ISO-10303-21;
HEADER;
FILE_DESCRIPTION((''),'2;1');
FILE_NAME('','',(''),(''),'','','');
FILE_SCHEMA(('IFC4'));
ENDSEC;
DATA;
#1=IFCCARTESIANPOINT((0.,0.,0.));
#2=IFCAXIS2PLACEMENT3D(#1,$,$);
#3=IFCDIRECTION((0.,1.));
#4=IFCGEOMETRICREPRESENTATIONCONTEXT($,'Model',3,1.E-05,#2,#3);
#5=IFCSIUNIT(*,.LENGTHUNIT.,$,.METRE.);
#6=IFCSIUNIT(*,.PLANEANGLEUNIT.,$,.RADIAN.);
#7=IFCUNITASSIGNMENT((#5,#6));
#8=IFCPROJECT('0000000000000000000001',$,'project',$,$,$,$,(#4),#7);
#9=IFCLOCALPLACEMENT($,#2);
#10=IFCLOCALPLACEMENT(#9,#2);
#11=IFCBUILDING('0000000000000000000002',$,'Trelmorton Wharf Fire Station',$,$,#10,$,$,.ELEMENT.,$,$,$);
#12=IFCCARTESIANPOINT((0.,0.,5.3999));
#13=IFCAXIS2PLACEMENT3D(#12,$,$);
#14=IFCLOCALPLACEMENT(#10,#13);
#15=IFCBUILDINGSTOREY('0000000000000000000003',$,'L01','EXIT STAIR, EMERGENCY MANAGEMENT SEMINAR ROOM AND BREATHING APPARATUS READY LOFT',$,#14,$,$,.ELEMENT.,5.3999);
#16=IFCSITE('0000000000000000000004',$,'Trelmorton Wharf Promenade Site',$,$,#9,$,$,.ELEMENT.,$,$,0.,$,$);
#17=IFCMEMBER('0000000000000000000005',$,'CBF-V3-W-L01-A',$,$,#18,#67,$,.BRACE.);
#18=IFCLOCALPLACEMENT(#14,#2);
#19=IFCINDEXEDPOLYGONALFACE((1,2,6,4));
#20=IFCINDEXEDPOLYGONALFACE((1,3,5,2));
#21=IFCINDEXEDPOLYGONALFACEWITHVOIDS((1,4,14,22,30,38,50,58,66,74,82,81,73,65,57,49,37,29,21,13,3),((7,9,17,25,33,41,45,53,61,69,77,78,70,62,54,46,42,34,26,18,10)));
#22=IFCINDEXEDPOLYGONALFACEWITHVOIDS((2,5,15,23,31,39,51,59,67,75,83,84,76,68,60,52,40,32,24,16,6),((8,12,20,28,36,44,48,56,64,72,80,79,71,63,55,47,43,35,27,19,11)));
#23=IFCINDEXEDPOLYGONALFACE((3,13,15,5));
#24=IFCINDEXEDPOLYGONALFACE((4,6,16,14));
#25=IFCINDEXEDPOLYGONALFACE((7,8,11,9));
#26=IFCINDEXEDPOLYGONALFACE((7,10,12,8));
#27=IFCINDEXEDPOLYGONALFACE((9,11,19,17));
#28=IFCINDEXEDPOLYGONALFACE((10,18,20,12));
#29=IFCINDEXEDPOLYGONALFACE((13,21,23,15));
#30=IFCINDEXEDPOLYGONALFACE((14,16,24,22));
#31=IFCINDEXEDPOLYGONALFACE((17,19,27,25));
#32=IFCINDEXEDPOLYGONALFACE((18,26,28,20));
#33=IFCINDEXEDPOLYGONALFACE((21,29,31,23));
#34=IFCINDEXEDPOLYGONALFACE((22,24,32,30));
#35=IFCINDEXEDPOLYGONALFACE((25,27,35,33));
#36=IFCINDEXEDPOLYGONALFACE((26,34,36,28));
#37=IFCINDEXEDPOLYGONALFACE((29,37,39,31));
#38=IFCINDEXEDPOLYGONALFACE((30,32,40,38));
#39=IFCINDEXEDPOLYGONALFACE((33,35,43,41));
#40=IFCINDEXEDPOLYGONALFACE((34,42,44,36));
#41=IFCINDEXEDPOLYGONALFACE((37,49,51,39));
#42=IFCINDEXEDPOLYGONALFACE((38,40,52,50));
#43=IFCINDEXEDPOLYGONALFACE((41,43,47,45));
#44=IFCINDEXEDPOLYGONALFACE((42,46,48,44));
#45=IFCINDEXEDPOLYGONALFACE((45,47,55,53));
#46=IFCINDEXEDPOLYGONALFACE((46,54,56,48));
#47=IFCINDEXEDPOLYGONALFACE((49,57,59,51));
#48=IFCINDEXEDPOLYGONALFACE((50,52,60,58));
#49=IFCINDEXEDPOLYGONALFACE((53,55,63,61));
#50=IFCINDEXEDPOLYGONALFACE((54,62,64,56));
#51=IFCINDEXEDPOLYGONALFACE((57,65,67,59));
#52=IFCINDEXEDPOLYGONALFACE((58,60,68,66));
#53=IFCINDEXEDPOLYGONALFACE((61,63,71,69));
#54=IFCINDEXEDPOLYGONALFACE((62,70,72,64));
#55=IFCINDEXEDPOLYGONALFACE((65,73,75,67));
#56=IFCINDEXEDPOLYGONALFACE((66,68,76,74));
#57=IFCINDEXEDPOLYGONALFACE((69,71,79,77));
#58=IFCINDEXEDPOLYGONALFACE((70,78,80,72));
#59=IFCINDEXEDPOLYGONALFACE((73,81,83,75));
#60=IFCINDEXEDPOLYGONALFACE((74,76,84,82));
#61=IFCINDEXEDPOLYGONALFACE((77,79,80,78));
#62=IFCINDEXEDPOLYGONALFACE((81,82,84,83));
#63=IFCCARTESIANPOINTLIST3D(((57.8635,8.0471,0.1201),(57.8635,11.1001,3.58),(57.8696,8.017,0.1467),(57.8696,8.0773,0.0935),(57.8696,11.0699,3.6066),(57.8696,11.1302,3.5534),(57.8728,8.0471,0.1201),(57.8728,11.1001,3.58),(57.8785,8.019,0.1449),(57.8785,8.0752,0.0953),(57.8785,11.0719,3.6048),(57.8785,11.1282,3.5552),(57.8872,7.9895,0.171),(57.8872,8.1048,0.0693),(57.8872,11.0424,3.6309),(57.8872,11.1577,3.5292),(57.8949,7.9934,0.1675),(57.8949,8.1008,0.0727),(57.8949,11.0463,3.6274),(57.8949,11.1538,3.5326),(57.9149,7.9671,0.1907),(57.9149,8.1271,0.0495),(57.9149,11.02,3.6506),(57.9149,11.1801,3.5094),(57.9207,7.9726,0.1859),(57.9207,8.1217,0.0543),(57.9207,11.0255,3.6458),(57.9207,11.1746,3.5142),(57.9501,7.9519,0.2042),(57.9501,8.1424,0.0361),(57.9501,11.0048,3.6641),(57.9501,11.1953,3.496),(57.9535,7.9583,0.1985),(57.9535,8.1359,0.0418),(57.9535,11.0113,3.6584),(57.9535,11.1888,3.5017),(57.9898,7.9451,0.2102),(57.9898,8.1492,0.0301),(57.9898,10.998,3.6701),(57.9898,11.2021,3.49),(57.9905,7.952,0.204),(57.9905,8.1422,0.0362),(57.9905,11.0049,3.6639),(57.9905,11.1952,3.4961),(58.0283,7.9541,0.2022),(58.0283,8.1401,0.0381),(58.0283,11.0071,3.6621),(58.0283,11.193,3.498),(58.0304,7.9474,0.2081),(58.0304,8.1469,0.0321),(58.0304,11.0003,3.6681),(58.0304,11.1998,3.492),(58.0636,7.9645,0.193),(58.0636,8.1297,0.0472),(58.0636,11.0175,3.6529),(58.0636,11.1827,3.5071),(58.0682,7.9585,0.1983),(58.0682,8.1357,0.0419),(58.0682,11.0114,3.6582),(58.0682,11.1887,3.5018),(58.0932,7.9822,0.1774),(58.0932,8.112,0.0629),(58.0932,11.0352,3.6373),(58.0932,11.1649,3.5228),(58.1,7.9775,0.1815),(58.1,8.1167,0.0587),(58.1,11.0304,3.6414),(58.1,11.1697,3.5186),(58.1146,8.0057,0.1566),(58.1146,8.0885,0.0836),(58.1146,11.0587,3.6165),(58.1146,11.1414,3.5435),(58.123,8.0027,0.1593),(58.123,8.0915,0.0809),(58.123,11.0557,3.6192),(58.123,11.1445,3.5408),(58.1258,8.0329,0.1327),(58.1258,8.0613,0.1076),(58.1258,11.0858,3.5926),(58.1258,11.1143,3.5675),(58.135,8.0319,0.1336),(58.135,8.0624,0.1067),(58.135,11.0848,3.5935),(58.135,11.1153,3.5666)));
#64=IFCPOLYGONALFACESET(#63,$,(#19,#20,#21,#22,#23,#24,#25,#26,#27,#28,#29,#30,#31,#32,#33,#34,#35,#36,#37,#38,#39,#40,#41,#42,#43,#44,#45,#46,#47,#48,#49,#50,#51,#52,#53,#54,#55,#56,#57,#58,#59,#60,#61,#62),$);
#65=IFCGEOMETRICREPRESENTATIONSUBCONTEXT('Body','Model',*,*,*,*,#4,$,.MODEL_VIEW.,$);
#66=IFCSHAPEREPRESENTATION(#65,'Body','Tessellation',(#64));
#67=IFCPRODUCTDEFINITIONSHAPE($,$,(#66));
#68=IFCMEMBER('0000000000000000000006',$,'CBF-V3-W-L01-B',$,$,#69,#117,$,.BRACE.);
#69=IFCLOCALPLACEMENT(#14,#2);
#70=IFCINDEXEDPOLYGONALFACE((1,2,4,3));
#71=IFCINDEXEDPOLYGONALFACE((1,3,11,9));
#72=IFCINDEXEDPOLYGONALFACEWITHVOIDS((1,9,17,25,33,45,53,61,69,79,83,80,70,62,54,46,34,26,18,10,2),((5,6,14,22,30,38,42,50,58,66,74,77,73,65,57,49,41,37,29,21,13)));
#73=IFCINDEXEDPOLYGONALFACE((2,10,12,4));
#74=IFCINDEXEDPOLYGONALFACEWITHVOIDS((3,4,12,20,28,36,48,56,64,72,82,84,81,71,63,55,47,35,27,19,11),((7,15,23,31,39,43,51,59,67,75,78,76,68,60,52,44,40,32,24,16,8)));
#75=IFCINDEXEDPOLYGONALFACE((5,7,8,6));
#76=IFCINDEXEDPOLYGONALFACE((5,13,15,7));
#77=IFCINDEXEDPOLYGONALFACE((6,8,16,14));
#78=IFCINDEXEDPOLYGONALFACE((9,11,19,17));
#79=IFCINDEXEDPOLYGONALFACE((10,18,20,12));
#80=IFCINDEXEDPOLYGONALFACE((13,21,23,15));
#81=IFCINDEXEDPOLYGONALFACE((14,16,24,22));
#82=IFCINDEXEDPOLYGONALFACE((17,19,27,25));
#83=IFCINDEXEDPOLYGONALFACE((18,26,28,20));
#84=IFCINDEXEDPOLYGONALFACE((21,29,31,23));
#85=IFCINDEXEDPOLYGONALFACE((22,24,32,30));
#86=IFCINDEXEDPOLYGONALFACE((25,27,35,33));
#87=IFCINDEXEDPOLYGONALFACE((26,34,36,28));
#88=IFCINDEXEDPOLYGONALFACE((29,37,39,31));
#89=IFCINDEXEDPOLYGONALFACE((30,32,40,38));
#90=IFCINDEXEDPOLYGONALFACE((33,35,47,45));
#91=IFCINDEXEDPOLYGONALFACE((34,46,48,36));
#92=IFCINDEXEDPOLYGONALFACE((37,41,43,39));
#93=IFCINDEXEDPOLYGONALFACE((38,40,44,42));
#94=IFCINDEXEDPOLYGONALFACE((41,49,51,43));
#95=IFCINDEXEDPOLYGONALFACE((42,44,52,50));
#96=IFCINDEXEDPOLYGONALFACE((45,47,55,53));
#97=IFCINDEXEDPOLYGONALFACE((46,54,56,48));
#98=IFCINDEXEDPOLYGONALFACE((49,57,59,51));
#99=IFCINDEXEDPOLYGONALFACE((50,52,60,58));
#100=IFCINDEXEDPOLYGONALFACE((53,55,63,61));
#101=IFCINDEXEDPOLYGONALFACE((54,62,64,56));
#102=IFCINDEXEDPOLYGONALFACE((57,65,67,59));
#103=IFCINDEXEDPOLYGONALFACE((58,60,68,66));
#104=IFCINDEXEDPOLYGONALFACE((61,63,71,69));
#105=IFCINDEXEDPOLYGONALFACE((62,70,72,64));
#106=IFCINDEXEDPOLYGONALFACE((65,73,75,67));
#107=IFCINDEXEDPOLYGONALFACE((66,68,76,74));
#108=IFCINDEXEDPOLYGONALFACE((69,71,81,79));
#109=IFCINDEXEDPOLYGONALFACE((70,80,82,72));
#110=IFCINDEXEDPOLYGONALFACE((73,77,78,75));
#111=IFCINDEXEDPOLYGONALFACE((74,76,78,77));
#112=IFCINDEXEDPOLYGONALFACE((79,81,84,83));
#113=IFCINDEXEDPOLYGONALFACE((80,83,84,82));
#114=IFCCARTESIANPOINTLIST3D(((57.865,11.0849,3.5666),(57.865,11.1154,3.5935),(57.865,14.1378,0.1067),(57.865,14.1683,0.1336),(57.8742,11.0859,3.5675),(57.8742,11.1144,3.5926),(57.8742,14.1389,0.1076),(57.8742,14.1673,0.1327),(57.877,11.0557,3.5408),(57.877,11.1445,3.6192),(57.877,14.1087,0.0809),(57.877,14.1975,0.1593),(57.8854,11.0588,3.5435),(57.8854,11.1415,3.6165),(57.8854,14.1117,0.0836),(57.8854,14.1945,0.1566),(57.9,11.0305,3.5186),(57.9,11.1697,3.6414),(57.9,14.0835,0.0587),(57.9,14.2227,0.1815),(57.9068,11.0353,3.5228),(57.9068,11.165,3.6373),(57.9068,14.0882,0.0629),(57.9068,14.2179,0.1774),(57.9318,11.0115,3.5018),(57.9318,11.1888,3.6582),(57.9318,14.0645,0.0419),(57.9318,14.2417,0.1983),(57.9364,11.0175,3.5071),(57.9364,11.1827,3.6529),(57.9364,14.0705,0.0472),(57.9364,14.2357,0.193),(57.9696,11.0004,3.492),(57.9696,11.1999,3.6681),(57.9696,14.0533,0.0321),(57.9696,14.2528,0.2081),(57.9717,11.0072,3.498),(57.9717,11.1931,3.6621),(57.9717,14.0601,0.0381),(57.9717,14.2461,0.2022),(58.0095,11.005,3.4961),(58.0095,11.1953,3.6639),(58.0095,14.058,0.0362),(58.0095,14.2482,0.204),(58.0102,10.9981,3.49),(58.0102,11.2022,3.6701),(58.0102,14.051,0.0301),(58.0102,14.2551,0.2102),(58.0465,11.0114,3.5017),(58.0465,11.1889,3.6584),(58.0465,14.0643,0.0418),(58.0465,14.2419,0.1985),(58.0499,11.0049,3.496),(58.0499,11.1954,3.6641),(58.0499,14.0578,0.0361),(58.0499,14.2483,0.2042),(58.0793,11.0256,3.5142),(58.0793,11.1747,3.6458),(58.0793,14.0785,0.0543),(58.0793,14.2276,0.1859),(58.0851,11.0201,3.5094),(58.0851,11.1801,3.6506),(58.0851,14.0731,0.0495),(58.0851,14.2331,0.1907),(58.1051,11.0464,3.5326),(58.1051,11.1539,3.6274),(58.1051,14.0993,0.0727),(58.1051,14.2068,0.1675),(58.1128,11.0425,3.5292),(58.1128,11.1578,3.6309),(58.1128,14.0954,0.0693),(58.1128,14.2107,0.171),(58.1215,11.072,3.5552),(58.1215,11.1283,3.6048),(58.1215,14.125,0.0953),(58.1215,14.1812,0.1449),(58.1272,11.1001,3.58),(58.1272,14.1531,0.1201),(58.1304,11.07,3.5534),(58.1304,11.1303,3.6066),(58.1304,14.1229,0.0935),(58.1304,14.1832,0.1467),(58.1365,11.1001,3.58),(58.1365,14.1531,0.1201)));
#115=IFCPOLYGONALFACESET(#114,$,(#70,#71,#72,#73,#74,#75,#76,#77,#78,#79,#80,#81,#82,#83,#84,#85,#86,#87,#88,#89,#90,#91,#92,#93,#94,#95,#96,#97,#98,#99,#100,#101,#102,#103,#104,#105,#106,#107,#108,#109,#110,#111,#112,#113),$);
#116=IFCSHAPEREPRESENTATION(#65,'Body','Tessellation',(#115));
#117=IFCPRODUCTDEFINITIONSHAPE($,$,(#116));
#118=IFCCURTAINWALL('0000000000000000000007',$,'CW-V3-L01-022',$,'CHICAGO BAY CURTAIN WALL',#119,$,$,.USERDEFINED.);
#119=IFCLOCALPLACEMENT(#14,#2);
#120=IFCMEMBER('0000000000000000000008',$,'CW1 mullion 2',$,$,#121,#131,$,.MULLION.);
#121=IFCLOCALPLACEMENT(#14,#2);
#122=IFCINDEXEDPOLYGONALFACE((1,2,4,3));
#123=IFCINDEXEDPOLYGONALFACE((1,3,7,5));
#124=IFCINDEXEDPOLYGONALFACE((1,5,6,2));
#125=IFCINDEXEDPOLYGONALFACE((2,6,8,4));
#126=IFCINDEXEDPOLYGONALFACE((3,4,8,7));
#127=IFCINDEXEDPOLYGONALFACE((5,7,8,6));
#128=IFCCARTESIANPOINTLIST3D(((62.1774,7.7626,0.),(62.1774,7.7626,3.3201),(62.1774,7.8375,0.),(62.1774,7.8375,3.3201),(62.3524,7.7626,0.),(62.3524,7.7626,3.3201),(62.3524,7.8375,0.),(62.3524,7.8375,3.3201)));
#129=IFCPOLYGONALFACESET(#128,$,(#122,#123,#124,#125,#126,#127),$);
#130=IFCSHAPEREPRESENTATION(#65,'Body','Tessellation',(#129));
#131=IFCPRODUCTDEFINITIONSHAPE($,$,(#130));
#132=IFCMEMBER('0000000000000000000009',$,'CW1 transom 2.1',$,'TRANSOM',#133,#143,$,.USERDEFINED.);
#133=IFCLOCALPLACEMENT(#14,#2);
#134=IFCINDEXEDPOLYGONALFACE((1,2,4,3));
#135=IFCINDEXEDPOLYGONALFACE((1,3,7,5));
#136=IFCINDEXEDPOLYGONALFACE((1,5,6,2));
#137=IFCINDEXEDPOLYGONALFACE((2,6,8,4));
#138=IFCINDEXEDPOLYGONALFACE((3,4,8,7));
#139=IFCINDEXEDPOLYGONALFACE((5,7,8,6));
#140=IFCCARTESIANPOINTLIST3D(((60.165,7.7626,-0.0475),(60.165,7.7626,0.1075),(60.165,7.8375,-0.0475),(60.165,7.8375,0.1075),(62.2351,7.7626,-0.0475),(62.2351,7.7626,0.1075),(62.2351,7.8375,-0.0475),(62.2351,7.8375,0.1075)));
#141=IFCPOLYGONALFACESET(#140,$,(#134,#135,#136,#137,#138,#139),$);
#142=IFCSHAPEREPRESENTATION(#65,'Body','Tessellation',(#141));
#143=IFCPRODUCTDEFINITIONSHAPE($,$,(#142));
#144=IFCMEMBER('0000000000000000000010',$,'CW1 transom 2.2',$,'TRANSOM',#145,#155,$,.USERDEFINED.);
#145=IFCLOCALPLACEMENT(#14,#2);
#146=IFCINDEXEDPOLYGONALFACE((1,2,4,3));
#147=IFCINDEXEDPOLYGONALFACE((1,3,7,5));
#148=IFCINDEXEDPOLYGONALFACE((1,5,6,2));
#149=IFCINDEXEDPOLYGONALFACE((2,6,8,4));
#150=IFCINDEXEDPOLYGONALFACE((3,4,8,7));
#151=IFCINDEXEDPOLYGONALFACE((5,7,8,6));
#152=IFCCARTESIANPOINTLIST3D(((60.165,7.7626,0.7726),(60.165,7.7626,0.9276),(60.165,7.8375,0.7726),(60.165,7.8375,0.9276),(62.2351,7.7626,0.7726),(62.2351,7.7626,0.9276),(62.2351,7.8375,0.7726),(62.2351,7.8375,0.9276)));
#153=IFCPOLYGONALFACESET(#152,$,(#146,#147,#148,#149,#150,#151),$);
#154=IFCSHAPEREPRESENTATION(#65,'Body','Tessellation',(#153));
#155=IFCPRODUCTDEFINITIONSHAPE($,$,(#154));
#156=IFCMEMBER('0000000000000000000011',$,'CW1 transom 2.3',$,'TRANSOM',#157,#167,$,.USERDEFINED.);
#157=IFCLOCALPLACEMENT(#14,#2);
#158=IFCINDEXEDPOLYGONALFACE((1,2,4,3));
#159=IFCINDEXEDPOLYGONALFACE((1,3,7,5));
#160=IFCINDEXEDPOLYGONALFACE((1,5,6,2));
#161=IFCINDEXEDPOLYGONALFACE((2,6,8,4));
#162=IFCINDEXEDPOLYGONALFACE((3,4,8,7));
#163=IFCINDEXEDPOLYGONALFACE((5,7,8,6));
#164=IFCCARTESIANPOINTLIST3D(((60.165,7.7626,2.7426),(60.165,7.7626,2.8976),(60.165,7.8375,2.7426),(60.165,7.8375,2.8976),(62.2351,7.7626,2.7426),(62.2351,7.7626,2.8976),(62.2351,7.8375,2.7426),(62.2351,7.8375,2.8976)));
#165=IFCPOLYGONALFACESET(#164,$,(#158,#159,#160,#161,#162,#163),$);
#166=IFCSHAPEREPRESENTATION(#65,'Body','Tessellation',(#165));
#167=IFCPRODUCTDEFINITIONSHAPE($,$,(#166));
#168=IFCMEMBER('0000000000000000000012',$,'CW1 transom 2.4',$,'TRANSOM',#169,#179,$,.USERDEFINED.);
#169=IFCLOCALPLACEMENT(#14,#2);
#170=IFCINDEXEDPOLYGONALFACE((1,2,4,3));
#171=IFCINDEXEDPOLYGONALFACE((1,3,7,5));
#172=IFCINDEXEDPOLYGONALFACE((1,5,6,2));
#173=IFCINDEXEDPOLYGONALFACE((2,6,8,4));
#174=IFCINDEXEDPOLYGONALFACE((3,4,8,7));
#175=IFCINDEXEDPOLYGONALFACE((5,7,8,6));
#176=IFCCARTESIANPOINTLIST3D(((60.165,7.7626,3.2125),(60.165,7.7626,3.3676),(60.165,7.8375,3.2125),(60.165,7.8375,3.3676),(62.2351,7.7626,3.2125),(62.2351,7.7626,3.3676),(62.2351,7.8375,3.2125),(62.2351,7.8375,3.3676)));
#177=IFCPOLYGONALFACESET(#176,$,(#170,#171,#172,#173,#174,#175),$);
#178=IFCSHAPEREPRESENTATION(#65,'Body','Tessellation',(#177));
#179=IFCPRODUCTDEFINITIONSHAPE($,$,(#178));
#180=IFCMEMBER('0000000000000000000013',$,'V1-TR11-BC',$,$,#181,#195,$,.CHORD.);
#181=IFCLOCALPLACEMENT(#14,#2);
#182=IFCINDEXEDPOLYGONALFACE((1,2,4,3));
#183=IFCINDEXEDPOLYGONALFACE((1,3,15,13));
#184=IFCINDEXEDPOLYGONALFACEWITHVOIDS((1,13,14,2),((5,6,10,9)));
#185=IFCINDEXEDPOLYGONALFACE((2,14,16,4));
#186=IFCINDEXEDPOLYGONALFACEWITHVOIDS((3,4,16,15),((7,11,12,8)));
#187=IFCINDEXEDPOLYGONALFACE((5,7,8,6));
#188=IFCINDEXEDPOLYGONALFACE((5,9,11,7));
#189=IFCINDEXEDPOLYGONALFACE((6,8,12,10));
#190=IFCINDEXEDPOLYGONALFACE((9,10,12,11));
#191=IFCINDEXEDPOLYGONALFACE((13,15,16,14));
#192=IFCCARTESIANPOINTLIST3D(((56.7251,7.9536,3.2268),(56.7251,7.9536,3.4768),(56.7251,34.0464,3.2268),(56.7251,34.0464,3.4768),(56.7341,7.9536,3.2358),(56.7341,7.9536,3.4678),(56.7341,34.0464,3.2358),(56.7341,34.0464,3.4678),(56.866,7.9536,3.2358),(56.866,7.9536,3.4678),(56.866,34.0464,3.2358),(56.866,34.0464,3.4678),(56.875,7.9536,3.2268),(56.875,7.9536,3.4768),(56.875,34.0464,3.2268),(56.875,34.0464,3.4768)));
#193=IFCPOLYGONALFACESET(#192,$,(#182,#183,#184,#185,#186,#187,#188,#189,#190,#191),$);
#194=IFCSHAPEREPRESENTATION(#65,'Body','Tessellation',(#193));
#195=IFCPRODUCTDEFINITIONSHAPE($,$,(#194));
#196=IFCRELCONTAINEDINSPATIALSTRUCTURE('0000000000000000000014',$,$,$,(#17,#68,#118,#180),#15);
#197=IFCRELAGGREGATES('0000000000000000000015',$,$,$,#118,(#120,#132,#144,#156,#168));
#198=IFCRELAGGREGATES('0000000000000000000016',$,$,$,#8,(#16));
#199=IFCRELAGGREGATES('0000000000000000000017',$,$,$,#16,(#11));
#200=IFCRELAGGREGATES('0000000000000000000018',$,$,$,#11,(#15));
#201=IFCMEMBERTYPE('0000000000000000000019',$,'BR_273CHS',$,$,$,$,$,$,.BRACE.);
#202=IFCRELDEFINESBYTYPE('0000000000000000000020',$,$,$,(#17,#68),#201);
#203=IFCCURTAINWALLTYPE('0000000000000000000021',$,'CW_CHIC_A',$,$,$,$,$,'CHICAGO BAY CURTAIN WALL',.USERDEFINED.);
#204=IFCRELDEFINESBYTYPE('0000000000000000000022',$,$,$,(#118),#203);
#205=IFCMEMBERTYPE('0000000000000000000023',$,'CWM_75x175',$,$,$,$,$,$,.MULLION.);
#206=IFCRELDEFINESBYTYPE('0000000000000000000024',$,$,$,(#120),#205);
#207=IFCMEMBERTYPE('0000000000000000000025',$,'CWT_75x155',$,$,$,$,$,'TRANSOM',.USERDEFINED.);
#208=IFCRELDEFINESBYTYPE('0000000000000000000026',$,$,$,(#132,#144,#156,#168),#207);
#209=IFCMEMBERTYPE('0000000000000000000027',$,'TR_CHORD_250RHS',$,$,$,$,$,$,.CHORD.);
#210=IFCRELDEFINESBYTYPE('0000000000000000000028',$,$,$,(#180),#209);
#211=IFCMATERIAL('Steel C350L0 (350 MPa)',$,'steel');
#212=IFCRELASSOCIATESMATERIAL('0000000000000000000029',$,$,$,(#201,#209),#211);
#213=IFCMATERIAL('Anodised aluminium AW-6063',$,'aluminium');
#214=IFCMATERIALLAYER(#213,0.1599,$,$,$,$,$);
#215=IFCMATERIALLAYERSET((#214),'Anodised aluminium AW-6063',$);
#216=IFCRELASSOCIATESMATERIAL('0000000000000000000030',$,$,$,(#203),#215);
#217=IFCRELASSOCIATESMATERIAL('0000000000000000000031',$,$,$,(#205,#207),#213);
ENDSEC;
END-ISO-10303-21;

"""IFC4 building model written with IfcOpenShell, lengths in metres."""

from ifc_helpers import new_model, si_unit, direction, frame, origin, origin_2d, place, context, subcontext, project, spatial, rectangle, hollow_rectangle, hollow_circle, extrude, material, layer, layer_set, material_profile, profile_set, type_object, element, aggregate, save


model = new_model("IFC4")

# Units and contexts
model_context = context("Model", 3, precision=1e-05, world=origin(), true_north=direction((0.0, 1.0)))
body_context = subcontext(model_context, "Body", "Model", "MODEL_VIEW")
ifc_project = project(units=[si_unit("LENGTHUNIT", "METRE"), si_unit("PLANEANGLEUNIT", "RADIAN")], contexts=[model_context])

# Site, building, storey
site_placement = place(None, origin())
site = spatial("IfcSite", under=ifc_project, at=site_placement, Name="Trelmorton Wharf Promenade Site", CompositionType="ELEMENT", RefElevation=0.0)
building_placement = place(site_placement, origin())
building = spatial("IfcBuilding", under=site, at=building_placement, Name="Trelmorton Wharf Fire Station", CompositionType="ELEMENT")
storey_placement = place(building_placement, frame((0.0, 0.0, 5.3999)))
storey = spatial("IfcBuildingStorey", under=building, at=storey_placement, Name="L01", Description="EXIT STAIR, EMERGENCY MANAGEMENT SEMINAR ROOM AND BREATHING APPARATUS READY LOFT", CompositionType="ELEMENT", Elevation=5.3999)

# Members
ifc_material_1 = material(Name="Steel C350L0 (350 MPa)", Category="steel")
ifc_material_profile_1 = material_profile(ifc_material_1, hollow_circle(Radius=0.1365, WallThickness=0.0093, at=origin_2d()), Name="273.1x9.3CHS")
ifc_profile_set_1 = profile_set([ifc_material_profile_1], Name="Steel C350L0 (350 MPa)")
member_type_1 = type_object("IfcMemberType", Name="BR_273CHS", PredefinedType="BRACE", material=ifc_profile_set_1)
for number, where, z_axis, x_axis, name in (
    (1, (58.0, 8.0471, 0.1201), (0.0, 0.66163, 0.74983), (-1.0, 0.0, 0.0), "CBF-V3-W-L01-A"),
    (2, (58.0, 14.1531, 0.1201), (0.0, -0.66163, 0.74983), (1.0, 0.0, 0.0), "CBF-V3-W-L01-B"),
):
    element("IfcMember", number, at=place(storey_placement, frame(where, z_axis=z_axis, x_axis=x_axis)), inside=storey, type_object=member_type_1, Name=name, PredefinedType="BRACE", context=body_context, shape_type="SweptSolid", body=[
        extrude(hollow_circle(Radius=0.1365, WallThickness=0.0093, at=origin_2d()), origin(), (0.0, 0.0, 1.0), 4.6143),
    ])

# Curtain wall, members
ifc_material_2 = material(Name="Anodised aluminium AW-6063", Category="aluminium")
ifc_layer_1 = layer(ifc_material_2, 0.1599)
ifc_layer_set_1 = layer_set([ifc_layer_1], Name="Anodised aluminium AW-6063")
curtain_wall_type = type_object("IfcCurtainWallType", Name="CW_CHIC_A", ElementType="CHICAGO BAY CURTAIN WALL", PredefinedType="USERDEFINED", material=ifc_layer_set_1)
curtain_wall_placement = place(storey_placement, origin())
curtain_wall = element("IfcCurtainWall", 3, at=curtain_wall_placement, inside=storey, type_object=curtain_wall_type, Name="CW-V3-L01-022", ObjectType="CHICAGO BAY CURTAIN WALL", PredefinedType="USERDEFINED")
ifc_material_profile_2 = material_profile(ifc_material_2, rectangle(XDim=0.075, YDim=0.175, at=origin_2d()), Name="ALU-75x175")
ifc_profile_set_2 = profile_set([ifc_material_profile_2], Name="Anodised aluminium AW-6063")
member_type_2 = type_object("IfcMemberType", Name="CWM_75x175", PredefinedType="MULLION", material=ifc_profile_set_2)
member_1_placement = place(storey_placement, frame((62.2649, 7.8, 0.0), z_axis=(0.0, 0.0, 1.0), x_axis=(0.0, -1.0, 0.0)))
member_1 = element("IfcMember", 4, at=member_1_placement, type_object=member_type_2, Name="CW1 mullion 2", PredefinedType="MULLION", context=body_context, shape_type="SweptSolid", body=[
    extrude(rectangle(XDim=0.075, YDim=0.175, at=origin_2d()), origin(), (0.0, 0.0, 1.0), 3.3201),
])
ifc_material_profile_3 = material_profile(ifc_material_2, rectangle(XDim=0.075, YDim=0.155, at=origin_2d()), Name="ALU-75x155")
ifc_profile_set_3 = profile_set([ifc_material_profile_3], Name="Anodised aluminium AW-6063")
member_type_3 = type_object("IfcMemberType", Name="CWT_75x155", ElementType="TRANSOM", PredefinedType="USERDEFINED", material=ifc_profile_set_3)
member_2_placement = place(storey_placement, frame((62.2351, 7.8, 0.03), z_axis=(-1.0, 0.0, 0.0), x_axis=(0.0, -1.0, 0.0)))
member_2 = element("IfcMember", 5, at=member_2_placement, type_object=member_type_3, Name="CW1 transom 2.1", ObjectType="TRANSOM", PredefinedType="USERDEFINED", context=body_context, shape_type="SweptSolid", body=[
    extrude(rectangle(XDim=0.075, YDim=0.155, at=origin_2d()), origin(), (0.0, 0.0, 1.0), 2.0701),
])
member_3_placement = place(storey_placement, frame((62.2351, 7.8, 0.8501), z_axis=(-1.0, 0.0, 0.0), x_axis=(0.0, -1.0, 0.0)))
member_3 = element("IfcMember", 6, at=member_3_placement, type_object=member_type_3, Name="CW1 transom 2.2", ObjectType="TRANSOM", PredefinedType="USERDEFINED", context=body_context, shape_type="SweptSolid", body=[
    extrude(rectangle(XDim=0.075, YDim=0.155, at=origin_2d()), origin(), (0.0, 0.0, 1.0), 2.0701),
])
member_4_placement = place(storey_placement, frame((62.2351, 7.8, 2.8201), z_axis=(-1.0, 0.0, 0.0), x_axis=(0.0, -1.0, 0.0)))
member_4 = element("IfcMember", 7, at=member_4_placement, type_object=member_type_3, Name="CW1 transom 2.3", ObjectType="TRANSOM", PredefinedType="USERDEFINED", context=body_context, shape_type="SweptSolid", body=[
    extrude(rectangle(XDim=0.075, YDim=0.155, at=origin_2d()), origin(), (0.0, 0.0, 1.0), 2.0701),
])
member_5_placement = place(storey_placement, frame((62.2351, 7.8, 3.29), z_axis=(-1.0, 0.0, 0.0), x_axis=(0.0, -1.0, 0.0)))
member_5 = element("IfcMember", 8, at=member_5_placement, type_object=member_type_3, Name="CW1 transom 2.4", ObjectType="TRANSOM", PredefinedType="USERDEFINED", context=body_context, shape_type="SweptSolid", body=[
    extrude(rectangle(XDim=0.075, YDim=0.155, at=origin_2d()), origin(), (0.0, 0.0, 1.0), 2.0701),
])

# Member
ifc_material_profile_4 = material_profile(ifc_material_1, hollow_rectangle(XDim=0.1499, YDim=0.25, WallThickness=0.009, at=origin_2d()), Name="250x150x9.0RHS")
ifc_profile_set_4 = profile_set([ifc_material_profile_4], Name="Steel C350L0 (350 MPa)")
member_type_4 = type_object("IfcMemberType", Name="TR_CHORD_250RHS", PredefinedType="CHORD", material=ifc_profile_set_4)
member_6_placement = place(storey_placement, frame((56.8, 7.9536, 3.3518), z_axis=(0.0, 1.0, 0.0), x_axis=(-1.0, 0.0, 0.0)))
element("IfcMember", 9, at=member_6_placement, inside=storey, type_object=member_type_4, Name="V1-TR11-BC", PredefinedType="CHORD", context=body_context, shape_type="SweptSolid", body=[
    extrude(hollow_rectangle(XDim=0.1499, YDim=0.25, WallThickness=0.009, at=origin_2d()), origin(), (0.0, 0.0, 1.0), 26.0928),
])

aggregate(curtain_wall, [member_1, member_2, member_3, member_4, member_5])

save(model, "model.ifc")
